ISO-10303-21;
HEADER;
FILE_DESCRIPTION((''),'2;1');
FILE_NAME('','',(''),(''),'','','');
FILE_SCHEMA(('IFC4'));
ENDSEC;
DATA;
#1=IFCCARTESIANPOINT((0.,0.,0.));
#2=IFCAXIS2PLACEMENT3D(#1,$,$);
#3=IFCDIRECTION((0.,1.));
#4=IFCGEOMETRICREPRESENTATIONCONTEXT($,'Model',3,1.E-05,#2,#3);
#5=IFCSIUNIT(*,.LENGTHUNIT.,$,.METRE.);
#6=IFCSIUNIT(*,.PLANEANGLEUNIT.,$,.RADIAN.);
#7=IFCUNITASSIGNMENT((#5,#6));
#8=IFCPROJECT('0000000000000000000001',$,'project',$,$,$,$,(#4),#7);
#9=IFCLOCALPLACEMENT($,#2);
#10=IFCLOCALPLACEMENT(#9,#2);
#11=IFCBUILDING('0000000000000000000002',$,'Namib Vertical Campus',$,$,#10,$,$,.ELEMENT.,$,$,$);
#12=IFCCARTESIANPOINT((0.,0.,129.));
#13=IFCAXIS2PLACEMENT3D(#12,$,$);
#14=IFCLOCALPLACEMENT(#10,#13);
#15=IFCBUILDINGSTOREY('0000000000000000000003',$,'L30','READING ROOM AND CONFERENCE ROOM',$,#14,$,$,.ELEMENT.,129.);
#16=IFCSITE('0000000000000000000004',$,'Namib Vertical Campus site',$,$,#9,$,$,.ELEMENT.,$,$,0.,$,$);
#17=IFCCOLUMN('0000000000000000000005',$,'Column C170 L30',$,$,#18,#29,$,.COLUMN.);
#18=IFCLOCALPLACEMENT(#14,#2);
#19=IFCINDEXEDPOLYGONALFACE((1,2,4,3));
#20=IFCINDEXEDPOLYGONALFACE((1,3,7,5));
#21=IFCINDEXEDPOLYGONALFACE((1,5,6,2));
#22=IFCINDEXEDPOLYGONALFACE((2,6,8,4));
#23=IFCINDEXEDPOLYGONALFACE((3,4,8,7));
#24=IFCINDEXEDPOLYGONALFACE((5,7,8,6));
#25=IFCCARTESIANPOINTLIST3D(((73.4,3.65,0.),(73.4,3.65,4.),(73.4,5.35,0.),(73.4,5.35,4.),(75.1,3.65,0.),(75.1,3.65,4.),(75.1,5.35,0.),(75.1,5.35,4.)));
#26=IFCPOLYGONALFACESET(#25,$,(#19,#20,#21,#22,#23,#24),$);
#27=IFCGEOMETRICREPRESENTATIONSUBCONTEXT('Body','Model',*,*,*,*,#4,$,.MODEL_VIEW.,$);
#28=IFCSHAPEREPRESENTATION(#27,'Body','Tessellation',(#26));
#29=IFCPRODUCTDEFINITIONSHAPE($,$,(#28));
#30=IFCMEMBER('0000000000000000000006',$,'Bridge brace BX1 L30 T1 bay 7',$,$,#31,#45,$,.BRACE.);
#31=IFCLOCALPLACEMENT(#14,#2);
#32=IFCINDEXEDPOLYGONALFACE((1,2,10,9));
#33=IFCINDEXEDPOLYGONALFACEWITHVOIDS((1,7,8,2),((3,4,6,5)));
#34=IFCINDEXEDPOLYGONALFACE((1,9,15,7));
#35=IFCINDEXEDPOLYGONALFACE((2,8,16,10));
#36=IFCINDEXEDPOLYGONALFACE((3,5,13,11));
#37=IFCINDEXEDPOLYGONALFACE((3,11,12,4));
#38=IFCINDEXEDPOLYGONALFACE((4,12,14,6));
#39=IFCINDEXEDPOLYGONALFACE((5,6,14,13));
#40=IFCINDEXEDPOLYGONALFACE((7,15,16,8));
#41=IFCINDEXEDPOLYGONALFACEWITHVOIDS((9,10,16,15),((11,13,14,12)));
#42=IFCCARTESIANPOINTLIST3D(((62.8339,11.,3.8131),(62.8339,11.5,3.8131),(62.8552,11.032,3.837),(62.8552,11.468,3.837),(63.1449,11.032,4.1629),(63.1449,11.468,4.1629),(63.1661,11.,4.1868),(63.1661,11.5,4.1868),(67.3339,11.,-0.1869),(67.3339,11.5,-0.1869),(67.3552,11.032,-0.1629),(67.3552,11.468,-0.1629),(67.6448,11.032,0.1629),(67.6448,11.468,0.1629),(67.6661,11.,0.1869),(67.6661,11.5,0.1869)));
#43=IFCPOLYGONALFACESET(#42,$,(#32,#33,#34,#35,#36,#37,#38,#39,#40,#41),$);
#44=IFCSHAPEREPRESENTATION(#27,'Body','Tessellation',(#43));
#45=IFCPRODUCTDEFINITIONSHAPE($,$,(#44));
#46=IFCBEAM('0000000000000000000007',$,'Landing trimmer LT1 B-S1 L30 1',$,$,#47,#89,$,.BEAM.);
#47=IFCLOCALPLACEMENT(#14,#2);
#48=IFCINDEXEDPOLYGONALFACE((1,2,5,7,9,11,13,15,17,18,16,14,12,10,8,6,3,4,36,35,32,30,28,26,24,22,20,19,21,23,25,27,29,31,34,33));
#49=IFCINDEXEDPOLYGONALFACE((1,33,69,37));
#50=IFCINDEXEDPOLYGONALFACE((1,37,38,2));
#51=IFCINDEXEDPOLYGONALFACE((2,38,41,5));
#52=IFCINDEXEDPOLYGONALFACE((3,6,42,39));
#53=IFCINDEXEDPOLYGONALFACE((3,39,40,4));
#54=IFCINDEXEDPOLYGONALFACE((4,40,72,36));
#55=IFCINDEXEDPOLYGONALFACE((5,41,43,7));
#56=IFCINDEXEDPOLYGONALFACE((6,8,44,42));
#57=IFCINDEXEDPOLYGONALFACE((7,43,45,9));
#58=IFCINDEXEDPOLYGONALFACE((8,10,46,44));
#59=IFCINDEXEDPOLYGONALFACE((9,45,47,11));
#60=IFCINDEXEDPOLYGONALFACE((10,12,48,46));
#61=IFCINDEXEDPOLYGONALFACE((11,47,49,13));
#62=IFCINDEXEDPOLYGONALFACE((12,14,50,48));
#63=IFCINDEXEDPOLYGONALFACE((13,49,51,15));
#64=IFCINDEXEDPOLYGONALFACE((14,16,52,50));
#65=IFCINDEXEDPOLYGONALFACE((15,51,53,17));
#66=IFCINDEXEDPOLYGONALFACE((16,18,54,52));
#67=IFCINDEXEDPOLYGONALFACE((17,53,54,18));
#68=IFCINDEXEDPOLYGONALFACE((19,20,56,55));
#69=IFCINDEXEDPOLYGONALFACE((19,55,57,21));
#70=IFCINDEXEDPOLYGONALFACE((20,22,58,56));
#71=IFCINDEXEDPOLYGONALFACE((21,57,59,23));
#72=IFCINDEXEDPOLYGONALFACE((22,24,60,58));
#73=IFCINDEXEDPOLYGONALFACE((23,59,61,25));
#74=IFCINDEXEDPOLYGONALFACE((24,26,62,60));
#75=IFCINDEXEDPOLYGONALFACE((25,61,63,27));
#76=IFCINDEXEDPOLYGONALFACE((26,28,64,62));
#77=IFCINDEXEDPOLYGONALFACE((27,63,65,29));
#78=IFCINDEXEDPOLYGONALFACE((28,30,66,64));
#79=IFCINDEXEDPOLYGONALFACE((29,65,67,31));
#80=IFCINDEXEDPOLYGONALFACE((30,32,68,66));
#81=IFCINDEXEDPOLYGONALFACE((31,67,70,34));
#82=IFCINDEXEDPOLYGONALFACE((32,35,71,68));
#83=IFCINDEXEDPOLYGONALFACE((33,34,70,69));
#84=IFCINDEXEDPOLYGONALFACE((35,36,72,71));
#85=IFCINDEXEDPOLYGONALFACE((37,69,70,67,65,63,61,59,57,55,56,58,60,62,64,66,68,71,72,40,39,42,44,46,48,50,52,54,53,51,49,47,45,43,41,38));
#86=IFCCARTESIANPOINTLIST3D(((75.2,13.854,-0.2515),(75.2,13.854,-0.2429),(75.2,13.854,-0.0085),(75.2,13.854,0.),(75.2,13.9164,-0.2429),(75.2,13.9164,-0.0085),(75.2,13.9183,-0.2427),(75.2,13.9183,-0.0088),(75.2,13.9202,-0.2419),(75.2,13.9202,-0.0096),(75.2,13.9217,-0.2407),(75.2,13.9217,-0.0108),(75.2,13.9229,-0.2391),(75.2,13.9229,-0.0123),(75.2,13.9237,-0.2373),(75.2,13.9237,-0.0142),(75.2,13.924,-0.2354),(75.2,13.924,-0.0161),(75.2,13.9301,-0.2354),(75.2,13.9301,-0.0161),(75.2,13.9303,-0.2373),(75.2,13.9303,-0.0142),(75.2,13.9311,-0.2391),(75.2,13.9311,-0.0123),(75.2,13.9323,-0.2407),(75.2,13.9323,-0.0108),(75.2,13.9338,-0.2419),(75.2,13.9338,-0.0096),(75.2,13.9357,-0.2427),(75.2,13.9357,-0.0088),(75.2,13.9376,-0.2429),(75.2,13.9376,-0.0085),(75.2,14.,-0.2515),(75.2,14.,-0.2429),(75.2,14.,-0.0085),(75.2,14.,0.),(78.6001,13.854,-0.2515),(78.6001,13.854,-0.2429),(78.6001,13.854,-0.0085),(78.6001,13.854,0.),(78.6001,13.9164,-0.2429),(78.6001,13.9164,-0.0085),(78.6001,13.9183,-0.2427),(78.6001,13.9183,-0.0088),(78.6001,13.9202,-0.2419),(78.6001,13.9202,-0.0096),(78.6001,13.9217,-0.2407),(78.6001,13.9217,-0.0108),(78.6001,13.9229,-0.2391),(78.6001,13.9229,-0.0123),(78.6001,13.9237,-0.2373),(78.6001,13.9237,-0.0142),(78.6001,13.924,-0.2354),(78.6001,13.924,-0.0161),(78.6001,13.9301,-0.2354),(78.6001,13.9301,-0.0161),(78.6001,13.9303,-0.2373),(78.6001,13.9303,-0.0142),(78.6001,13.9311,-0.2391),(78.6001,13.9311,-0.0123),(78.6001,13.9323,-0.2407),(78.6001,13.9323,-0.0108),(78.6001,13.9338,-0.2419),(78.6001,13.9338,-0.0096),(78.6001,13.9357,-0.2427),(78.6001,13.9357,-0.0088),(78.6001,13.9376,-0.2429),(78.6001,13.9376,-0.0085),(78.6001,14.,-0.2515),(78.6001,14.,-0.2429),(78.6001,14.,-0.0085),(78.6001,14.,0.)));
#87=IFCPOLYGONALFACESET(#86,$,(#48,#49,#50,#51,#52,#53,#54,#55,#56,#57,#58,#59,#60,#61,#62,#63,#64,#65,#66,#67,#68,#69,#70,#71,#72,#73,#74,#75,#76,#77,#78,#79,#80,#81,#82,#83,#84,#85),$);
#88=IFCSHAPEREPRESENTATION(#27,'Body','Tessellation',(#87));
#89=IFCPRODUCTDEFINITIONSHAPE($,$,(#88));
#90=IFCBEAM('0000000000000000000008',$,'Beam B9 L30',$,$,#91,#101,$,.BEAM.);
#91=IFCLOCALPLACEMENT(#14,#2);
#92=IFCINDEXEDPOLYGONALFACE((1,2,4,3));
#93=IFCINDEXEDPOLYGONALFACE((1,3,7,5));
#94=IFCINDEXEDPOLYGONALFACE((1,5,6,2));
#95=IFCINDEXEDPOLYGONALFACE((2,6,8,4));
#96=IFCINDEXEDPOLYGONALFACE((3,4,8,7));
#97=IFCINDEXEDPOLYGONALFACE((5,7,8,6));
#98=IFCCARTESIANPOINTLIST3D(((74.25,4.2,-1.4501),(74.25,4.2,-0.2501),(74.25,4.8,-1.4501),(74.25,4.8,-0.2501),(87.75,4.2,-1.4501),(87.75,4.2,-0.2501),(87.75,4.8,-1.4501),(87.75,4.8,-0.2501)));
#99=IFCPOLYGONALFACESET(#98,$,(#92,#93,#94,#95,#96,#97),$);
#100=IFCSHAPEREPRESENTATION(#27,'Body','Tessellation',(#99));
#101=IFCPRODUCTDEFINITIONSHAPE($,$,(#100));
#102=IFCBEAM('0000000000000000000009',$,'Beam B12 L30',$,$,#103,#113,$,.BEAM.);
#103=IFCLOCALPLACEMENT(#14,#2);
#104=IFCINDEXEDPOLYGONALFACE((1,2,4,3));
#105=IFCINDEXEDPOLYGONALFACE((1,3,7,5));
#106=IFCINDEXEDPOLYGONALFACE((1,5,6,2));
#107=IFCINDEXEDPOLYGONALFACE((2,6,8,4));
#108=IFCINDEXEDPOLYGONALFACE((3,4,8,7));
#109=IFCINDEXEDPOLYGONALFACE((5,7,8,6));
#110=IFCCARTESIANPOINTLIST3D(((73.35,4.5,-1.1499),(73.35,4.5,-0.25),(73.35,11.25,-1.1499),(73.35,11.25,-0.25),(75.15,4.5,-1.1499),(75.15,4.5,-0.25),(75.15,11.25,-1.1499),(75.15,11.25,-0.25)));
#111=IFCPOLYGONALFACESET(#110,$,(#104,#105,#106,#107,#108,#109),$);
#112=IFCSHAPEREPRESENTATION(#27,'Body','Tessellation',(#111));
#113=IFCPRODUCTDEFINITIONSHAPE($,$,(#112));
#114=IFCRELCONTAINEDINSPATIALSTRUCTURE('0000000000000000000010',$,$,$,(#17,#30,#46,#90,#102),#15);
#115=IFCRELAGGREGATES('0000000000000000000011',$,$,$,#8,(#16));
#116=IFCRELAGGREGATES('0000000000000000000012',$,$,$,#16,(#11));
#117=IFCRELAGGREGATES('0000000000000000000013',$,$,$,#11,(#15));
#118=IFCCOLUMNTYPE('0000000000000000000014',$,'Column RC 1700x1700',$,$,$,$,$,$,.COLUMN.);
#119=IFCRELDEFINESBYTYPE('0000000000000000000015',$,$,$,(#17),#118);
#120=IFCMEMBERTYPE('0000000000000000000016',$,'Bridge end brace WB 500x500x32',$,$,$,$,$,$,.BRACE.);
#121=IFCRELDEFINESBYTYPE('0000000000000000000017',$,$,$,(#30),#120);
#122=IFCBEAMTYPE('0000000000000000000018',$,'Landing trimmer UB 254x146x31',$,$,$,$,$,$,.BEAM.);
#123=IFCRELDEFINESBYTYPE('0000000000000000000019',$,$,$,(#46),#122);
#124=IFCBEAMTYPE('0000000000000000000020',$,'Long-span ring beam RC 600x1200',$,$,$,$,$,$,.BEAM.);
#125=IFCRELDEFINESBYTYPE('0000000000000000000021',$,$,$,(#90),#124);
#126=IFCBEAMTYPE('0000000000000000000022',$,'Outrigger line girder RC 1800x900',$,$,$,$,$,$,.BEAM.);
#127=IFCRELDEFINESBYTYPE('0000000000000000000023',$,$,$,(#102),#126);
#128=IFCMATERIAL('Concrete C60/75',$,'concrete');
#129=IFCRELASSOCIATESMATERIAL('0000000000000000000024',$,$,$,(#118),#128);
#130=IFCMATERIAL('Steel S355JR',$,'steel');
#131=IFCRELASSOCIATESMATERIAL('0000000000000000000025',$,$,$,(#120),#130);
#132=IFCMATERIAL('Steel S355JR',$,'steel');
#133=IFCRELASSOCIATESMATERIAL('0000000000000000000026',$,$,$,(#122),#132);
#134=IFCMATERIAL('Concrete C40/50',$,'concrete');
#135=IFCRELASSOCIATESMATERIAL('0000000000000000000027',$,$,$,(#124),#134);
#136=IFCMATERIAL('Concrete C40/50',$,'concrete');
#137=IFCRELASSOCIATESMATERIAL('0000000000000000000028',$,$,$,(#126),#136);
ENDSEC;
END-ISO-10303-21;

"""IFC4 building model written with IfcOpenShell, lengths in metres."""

from ifc_helpers import new_model, si_unit, direction, frame, origin, origin_2d, place, context, subcontext, project, spatial, rectangle, hollow_rectangle, i_section, extrude, material, material_profile, profile_set, type_object, element, save


model = new_model("IFC4")

# Units and contexts
model_context = context("Model", 3, precision=1e-05, world=origin(), true_north=direction((0.0, 1.0)))
body_context = subcontext(model_context, "Body", "Model", "MODEL_VIEW")
ifc_project = project(units=[si_unit("LENGTHUNIT", "METRE"), si_unit("PLANEANGLEUNIT", "RADIAN")], contexts=[model_context])

# Site, building, storey
site_placement = place(None, origin())
site = spatial("IfcSite", under=ifc_project, at=site_placement, Name="Namib Vertical Campus site", CompositionType="ELEMENT", RefElevation=0.0)
building_placement = place(site_placement, origin())
building = spatial("IfcBuilding", under=site, at=building_placement, Name="Namib Vertical Campus", CompositionType="ELEMENT")
storey_placement = place(building_placement, frame((0.0, 0.0, 129.0)))
storey = spatial("IfcBuildingStorey", under=building, at=storey_placement, Name="L30", Description="READING ROOM AND CONFERENCE ROOM", CompositionType="ELEMENT", Elevation=129.0)

# Column
ifc_material_1 = material(Name="Concrete C60/75", Category="concrete")
ifc_material_profile_1 = material_profile(ifc_material_1, rectangle(XDim=1.7, YDim=1.7, at=origin_2d()))
ifc_profile_set_1 = profile_set([ifc_material_profile_1], Name="Concrete C60/75")
column_type = type_object("IfcColumnType", Name="Column RC 1700x1700", PredefinedType="COLUMN", material=ifc_profile_set_1)
column_placement = place(storey_placement, frame((74.25, 4.5, 0.0), z_axis=(0.0, 0.0, 1.0), x_axis=(1.0, 0.0, 0.0)))
element("IfcColumn", 1, at=column_placement, inside=storey, type_object=column_type, Name="Column C170 L30", PredefinedType="COLUMN", context=body_context, shape_type="SweptSolid", body=[
    extrude(rectangle(XDim=1.7, YDim=1.7, at=origin_2d()), origin(), (0.0, 0.0, 1.0), 4.0),
])

# Member
ifc_material_2 = material(Name="Steel S355JR", Category="steel")
ifc_material_profile_2 = material_profile(ifc_material_2, hollow_rectangle(XDim=0.5, YDim=0.5, WallThickness=0.032, at=origin_2d()))
ifc_profile_set_2 = profile_set([ifc_material_profile_2], Name="Steel S355JR")
member_type = type_object("IfcMemberType", Name="Bridge end brace WB 500x500x32", PredefinedType="BRACE", material=ifc_profile_set_2)
member_placement = place(storey_placement, frame((67.5, 11.25, 0.0), z_axis=(-0.747409, 0.0, 0.664364), x_axis=(0.0, -1.0, 0.0)))
element("IfcMember", 2, at=member_placement, inside=storey, type_object=member_type, Name="Bridge brace BX1 L30 T1 bay 7", PredefinedType="BRACE", context=body_context, shape_type="SweptSolid", body=[
    extrude(hollow_rectangle(XDim=0.5, YDim=0.5, WallThickness=0.032, at=origin_2d()), origin(), (0.0, 0.0, 1.0), 6.0208),
])

# Beams
ifc_material_3 = material(Name="Steel S355JR", Category="steel")
ifc_material_profile_3 = material_profile(ifc_material_3, i_section(OverallWidth=0.146, OverallDepth=0.2515, WebThickness=0.0061, FlangeThickness=0.0085, FilletRadius=0.0076, at=origin_2d()))
ifc_profile_set_3 = profile_set([ifc_material_profile_3], Name="Steel S355JR")
beam_type_1 = type_object("IfcBeamType", Name="Landing trimmer UB 254x146x31", PredefinedType="BEAM", material=ifc_profile_set_3)
beam_1_placement = place(storey_placement, frame((75.2, 13.927, -0.1257), z_axis=(1.0, 0.0, 0.0), x_axis=(0.0, 1.0, 0.0)))
element("IfcBeam", 3, at=beam_1_placement, inside=storey, type_object=beam_type_1, Name="Landing trimmer LT1 B-S1 L30 1", PredefinedType="BEAM", context=body_context, shape_type="SweptSolid", body=[
    extrude(i_section(OverallWidth=0.146, OverallDepth=0.2515, WebThickness=0.0061, FlangeThickness=0.0085, FilletRadius=0.0076, at=origin_2d()), origin(), (0.0, 0.0, 1.0), 3.4001),
])
ifc_material_4 = material(Name="Concrete C40/50", Category="concrete")
ifc_material_profile_4 = material_profile(ifc_material_4, rectangle(XDim=0.6001, YDim=1.2, at=origin_2d()))
ifc_profile_set_4 = profile_set([ifc_material_profile_4], Name="Concrete C40/50")
beam_type_2 = type_object("IfcBeamType", Name="Long-span ring beam RC 600x1200", PredefinedType="BEAM", material=ifc_profile_set_4)
beam_2_placement = place(storey_placement, frame((74.25, 4.5, -0.8501), z_axis=(1.0, 0.0, 0.0), x_axis=(0.0, 1.0, 0.0)))
element("IfcBeam", 4, at=beam_2_placement, inside=storey, type_object=beam_type_2, Name="Beam B9 L30", PredefinedType="BEAM", context=body_context, shape_type="SweptSolid", body=[
    extrude(rectangle(XDim=0.6001, YDim=1.2, at=origin_2d()), origin(), (0.0, 0.0, 1.0), 13.5),
])
ifc_material_5 = material(Name="Concrete C40/50", Category="concrete")
ifc_material_profile_5 = material_profile(ifc_material_5, rectangle(XDim=1.8, YDim=0.8999, at=origin_2d()))
ifc_profile_set_5 = profile_set([ifc_material_profile_5], Name="Concrete C40/50")
beam_type_3 = type_object("IfcBeamType", Name="Outrigger line girder RC 1800x900", PredefinedType="BEAM", material=ifc_profile_set_5)
beam_3_placement = place(storey_placement, frame((74.25, 4.5, -0.7), z_axis=(0.0, 1.0, 0.0), x_axis=(-1.0, 0.0, 0.0)))
element("IfcBeam", 5, at=beam_3_placement, inside=storey, type_object=beam_type_3, Name="Beam B12 L30", PredefinedType="BEAM", context=body_context, shape_type="SweptSolid", body=[
    extrude(rectangle(XDim=1.8, YDim=0.8999, at=origin_2d()), origin(), (0.0, 0.0, 1.0), 6.75),
])

save(model, "model.ifc")
